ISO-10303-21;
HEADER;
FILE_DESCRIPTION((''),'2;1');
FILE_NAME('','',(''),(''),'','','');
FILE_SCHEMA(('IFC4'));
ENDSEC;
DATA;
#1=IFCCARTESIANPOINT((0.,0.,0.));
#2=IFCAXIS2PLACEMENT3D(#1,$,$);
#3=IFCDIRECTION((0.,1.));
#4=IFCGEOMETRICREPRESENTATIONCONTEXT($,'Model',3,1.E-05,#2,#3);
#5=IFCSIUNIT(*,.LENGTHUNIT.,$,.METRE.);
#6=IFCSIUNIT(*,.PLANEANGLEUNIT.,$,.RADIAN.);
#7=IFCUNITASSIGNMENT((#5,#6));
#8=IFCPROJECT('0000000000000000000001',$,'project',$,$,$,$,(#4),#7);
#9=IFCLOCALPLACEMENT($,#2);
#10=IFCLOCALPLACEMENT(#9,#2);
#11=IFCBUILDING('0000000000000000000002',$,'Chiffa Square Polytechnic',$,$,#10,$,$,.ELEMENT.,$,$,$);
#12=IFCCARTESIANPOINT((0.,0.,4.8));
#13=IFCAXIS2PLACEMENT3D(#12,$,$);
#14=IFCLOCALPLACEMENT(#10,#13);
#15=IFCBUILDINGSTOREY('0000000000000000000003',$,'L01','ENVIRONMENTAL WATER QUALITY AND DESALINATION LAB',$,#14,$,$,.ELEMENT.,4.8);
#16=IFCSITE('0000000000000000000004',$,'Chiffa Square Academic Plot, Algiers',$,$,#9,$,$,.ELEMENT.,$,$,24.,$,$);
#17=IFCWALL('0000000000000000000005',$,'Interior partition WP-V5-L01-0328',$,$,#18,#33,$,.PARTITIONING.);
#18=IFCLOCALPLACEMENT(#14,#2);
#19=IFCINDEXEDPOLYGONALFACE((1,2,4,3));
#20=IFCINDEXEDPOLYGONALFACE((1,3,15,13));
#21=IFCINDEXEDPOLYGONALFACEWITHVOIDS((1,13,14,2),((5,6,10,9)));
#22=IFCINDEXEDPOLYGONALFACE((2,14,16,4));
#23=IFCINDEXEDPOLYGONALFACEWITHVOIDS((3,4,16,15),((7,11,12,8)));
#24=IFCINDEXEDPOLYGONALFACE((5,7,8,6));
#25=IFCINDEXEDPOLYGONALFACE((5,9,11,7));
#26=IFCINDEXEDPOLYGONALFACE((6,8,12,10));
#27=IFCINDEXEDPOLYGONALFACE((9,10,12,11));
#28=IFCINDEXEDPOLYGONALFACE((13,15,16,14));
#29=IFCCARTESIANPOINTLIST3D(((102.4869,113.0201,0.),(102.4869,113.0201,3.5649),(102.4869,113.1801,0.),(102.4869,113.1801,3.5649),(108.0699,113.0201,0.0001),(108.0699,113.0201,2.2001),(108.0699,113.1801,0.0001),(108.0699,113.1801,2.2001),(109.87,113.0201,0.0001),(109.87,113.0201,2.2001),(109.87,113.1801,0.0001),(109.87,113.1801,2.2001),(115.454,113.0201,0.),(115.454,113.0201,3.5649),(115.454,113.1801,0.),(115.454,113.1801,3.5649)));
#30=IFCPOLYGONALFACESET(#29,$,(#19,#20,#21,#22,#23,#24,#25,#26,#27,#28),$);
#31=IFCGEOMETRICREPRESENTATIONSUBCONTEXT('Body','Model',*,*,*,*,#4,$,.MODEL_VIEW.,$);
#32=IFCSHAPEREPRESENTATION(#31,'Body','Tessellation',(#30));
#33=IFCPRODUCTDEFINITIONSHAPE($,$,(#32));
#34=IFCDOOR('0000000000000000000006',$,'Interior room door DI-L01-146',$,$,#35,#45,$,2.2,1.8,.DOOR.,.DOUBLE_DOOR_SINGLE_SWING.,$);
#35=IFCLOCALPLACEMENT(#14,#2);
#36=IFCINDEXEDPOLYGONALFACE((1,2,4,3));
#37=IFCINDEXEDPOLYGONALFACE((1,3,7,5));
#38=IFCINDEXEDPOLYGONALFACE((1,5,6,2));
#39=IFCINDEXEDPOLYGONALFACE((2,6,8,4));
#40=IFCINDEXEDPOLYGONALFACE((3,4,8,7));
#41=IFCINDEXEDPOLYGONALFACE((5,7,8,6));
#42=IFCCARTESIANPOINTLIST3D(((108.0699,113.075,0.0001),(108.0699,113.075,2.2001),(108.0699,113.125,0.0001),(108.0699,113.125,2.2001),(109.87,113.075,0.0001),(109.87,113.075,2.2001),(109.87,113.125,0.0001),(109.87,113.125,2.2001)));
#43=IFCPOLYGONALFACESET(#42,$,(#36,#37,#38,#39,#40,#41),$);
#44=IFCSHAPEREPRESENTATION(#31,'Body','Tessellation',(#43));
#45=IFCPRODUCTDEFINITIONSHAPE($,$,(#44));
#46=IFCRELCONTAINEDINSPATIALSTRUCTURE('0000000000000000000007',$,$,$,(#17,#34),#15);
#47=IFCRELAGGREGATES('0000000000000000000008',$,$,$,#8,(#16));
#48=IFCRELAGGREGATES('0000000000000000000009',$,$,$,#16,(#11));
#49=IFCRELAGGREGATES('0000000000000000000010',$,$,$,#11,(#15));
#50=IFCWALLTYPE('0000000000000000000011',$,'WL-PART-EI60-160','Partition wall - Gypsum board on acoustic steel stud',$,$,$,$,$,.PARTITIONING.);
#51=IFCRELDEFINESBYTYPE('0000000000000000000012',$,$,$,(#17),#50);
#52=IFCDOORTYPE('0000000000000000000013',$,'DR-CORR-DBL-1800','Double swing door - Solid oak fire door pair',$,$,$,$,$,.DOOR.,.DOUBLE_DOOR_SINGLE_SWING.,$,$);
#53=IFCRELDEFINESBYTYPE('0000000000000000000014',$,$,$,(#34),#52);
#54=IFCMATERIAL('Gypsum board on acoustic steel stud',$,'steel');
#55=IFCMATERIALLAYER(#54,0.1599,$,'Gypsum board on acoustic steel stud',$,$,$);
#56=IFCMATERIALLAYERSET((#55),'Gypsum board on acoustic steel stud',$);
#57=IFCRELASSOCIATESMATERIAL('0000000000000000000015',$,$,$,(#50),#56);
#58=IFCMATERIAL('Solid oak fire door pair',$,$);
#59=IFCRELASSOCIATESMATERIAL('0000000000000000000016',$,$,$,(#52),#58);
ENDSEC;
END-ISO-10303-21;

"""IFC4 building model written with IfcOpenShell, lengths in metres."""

from ifc_helpers import new_model, si_unit, direction, frame, frame_2d, origin, place, context, subcontext, project, spatial, rectangle, extrude, material, layer, layer_set, type_object, element, fill, save


model = new_model("IFC4")

# Units and contexts
model_context = context("Model", 3, precision=1e-05, world=origin(), true_north=direction((0.0, 1.0)))
body_context = subcontext(model_context, "Body", "Model", "MODEL_VIEW")
ifc_project = project(units=[si_unit("LENGTHUNIT", "METRE"), si_unit("PLANEANGLEUNIT", "RADIAN")], contexts=[model_context])

# Site, building, storey
site_placement = place(None, origin())
site = spatial("IfcSite", under=ifc_project, at=site_placement, Name="Chiffa Square Academic Plot, Algiers", CompositionType="ELEMENT", RefElevation=24.0)
building_placement = place(site_placement, origin())
building = spatial("IfcBuilding", under=site, at=building_placement, Name="Chiffa Square Polytechnic", CompositionType="ELEMENT")
storey_placement = place(building_placement, frame((0.0, 0.0, 4.8)))
storey = spatial("IfcBuildingStorey", under=building, at=storey_placement, Name="L01", Description="ENVIRONMENTAL WATER QUALITY AND DESALINATION LAB", CompositionType="ELEMENT", Elevation=4.8)

# Wall, opening, door
ifc_material_1 = material(Name="Gypsum board on acoustic steel stud", Category="steel")
ifc_layer_1 = layer(ifc_material_1, 0.1599, Name="Gypsum board on acoustic steel stud")
ifc_layer_set_1 = layer_set([ifc_layer_1], Name="Gypsum board on acoustic steel stud")
wall_type_1 = type_object("IfcWallType", Name="WL-PART-EI60-160", Description="Partition wall - Gypsum board on acoustic steel stud", PredefinedType="PARTITIONING", material=ifc_layer_set_1)
wall_1_placement = place(storey_placement, frame((102.4871, 113.1001, 0.0), z_axis=(0.0, 0.0, 1.0), x_axis=(1.0, 0.0, 0.0)))
wall_1 = element("IfcWall", 1, at=wall_1_placement, inside=storey, type_object=wall_type_1, Name="Interior partition WP-V5-L01-0328", PredefinedType="PARTITIONING", context=body_context, shape_type="SweptSolid", body=[
    extrude(rectangle(XDim=12.967, YDim=0.1599, at=frame_2d((6.4834, 0.0))), origin(), (0.0, 0.0, 1.0), 3.5649),
])
opening_placement = place(wall_1_placement, frame((5.583, 0.0, 0.0)))
opening = element("IfcOpeningElement", 2, at=opening_placement, cuts=wall_1, PredefinedType="OPENING", context=body_context, shape_type="SweptSolid", body=[
    extrude(rectangle(XDim=1.8, YDim=2.2, at=frame_2d((0.8999, 1.1001))), frame((0.0, 0.0898, 0.0), z_axis=(0.0, -1.0, 0.0), x_axis=(1.0, 0.0, 0.0)), (0.0, 0.0, 1.0), 0.1799),
])
ifc_material_2 = material(Name="Solid oak fire door pair")
door_type = type_object("IfcDoorType", Name="DR-CORR-DBL-1800", Description="Double swing door - Solid oak fire door pair", OperationType="DOUBLE_DOOR_SINGLE_SWING", PredefinedType="DOOR", material=ifc_material_2)
door_placement = place(opening_placement, origin())
door = element("IfcDoor", 3, at=door_placement, inside=storey, type_object=door_type, Name="Interior room door DI-L01-146", OperationType="DOUBLE_DOOR_SINGLE_SWING", OverallHeight=2.2, OverallWidth=1.8, PredefinedType="DOOR", context=body_context, shape_type="SweptSolid", body=[
    extrude(rectangle(XDim=1.8, YDim=2.2, at=frame_2d((0.8999, 1.1001))), frame((0.0, 0.0249, 0.0), z_axis=(0.0, -1.0, 0.0), x_axis=(1.0, 0.0, 0.0)), (0.0, 0.0, 1.0), 0.05),
])
fill(opening, door)

save(model, "model.ifc")
